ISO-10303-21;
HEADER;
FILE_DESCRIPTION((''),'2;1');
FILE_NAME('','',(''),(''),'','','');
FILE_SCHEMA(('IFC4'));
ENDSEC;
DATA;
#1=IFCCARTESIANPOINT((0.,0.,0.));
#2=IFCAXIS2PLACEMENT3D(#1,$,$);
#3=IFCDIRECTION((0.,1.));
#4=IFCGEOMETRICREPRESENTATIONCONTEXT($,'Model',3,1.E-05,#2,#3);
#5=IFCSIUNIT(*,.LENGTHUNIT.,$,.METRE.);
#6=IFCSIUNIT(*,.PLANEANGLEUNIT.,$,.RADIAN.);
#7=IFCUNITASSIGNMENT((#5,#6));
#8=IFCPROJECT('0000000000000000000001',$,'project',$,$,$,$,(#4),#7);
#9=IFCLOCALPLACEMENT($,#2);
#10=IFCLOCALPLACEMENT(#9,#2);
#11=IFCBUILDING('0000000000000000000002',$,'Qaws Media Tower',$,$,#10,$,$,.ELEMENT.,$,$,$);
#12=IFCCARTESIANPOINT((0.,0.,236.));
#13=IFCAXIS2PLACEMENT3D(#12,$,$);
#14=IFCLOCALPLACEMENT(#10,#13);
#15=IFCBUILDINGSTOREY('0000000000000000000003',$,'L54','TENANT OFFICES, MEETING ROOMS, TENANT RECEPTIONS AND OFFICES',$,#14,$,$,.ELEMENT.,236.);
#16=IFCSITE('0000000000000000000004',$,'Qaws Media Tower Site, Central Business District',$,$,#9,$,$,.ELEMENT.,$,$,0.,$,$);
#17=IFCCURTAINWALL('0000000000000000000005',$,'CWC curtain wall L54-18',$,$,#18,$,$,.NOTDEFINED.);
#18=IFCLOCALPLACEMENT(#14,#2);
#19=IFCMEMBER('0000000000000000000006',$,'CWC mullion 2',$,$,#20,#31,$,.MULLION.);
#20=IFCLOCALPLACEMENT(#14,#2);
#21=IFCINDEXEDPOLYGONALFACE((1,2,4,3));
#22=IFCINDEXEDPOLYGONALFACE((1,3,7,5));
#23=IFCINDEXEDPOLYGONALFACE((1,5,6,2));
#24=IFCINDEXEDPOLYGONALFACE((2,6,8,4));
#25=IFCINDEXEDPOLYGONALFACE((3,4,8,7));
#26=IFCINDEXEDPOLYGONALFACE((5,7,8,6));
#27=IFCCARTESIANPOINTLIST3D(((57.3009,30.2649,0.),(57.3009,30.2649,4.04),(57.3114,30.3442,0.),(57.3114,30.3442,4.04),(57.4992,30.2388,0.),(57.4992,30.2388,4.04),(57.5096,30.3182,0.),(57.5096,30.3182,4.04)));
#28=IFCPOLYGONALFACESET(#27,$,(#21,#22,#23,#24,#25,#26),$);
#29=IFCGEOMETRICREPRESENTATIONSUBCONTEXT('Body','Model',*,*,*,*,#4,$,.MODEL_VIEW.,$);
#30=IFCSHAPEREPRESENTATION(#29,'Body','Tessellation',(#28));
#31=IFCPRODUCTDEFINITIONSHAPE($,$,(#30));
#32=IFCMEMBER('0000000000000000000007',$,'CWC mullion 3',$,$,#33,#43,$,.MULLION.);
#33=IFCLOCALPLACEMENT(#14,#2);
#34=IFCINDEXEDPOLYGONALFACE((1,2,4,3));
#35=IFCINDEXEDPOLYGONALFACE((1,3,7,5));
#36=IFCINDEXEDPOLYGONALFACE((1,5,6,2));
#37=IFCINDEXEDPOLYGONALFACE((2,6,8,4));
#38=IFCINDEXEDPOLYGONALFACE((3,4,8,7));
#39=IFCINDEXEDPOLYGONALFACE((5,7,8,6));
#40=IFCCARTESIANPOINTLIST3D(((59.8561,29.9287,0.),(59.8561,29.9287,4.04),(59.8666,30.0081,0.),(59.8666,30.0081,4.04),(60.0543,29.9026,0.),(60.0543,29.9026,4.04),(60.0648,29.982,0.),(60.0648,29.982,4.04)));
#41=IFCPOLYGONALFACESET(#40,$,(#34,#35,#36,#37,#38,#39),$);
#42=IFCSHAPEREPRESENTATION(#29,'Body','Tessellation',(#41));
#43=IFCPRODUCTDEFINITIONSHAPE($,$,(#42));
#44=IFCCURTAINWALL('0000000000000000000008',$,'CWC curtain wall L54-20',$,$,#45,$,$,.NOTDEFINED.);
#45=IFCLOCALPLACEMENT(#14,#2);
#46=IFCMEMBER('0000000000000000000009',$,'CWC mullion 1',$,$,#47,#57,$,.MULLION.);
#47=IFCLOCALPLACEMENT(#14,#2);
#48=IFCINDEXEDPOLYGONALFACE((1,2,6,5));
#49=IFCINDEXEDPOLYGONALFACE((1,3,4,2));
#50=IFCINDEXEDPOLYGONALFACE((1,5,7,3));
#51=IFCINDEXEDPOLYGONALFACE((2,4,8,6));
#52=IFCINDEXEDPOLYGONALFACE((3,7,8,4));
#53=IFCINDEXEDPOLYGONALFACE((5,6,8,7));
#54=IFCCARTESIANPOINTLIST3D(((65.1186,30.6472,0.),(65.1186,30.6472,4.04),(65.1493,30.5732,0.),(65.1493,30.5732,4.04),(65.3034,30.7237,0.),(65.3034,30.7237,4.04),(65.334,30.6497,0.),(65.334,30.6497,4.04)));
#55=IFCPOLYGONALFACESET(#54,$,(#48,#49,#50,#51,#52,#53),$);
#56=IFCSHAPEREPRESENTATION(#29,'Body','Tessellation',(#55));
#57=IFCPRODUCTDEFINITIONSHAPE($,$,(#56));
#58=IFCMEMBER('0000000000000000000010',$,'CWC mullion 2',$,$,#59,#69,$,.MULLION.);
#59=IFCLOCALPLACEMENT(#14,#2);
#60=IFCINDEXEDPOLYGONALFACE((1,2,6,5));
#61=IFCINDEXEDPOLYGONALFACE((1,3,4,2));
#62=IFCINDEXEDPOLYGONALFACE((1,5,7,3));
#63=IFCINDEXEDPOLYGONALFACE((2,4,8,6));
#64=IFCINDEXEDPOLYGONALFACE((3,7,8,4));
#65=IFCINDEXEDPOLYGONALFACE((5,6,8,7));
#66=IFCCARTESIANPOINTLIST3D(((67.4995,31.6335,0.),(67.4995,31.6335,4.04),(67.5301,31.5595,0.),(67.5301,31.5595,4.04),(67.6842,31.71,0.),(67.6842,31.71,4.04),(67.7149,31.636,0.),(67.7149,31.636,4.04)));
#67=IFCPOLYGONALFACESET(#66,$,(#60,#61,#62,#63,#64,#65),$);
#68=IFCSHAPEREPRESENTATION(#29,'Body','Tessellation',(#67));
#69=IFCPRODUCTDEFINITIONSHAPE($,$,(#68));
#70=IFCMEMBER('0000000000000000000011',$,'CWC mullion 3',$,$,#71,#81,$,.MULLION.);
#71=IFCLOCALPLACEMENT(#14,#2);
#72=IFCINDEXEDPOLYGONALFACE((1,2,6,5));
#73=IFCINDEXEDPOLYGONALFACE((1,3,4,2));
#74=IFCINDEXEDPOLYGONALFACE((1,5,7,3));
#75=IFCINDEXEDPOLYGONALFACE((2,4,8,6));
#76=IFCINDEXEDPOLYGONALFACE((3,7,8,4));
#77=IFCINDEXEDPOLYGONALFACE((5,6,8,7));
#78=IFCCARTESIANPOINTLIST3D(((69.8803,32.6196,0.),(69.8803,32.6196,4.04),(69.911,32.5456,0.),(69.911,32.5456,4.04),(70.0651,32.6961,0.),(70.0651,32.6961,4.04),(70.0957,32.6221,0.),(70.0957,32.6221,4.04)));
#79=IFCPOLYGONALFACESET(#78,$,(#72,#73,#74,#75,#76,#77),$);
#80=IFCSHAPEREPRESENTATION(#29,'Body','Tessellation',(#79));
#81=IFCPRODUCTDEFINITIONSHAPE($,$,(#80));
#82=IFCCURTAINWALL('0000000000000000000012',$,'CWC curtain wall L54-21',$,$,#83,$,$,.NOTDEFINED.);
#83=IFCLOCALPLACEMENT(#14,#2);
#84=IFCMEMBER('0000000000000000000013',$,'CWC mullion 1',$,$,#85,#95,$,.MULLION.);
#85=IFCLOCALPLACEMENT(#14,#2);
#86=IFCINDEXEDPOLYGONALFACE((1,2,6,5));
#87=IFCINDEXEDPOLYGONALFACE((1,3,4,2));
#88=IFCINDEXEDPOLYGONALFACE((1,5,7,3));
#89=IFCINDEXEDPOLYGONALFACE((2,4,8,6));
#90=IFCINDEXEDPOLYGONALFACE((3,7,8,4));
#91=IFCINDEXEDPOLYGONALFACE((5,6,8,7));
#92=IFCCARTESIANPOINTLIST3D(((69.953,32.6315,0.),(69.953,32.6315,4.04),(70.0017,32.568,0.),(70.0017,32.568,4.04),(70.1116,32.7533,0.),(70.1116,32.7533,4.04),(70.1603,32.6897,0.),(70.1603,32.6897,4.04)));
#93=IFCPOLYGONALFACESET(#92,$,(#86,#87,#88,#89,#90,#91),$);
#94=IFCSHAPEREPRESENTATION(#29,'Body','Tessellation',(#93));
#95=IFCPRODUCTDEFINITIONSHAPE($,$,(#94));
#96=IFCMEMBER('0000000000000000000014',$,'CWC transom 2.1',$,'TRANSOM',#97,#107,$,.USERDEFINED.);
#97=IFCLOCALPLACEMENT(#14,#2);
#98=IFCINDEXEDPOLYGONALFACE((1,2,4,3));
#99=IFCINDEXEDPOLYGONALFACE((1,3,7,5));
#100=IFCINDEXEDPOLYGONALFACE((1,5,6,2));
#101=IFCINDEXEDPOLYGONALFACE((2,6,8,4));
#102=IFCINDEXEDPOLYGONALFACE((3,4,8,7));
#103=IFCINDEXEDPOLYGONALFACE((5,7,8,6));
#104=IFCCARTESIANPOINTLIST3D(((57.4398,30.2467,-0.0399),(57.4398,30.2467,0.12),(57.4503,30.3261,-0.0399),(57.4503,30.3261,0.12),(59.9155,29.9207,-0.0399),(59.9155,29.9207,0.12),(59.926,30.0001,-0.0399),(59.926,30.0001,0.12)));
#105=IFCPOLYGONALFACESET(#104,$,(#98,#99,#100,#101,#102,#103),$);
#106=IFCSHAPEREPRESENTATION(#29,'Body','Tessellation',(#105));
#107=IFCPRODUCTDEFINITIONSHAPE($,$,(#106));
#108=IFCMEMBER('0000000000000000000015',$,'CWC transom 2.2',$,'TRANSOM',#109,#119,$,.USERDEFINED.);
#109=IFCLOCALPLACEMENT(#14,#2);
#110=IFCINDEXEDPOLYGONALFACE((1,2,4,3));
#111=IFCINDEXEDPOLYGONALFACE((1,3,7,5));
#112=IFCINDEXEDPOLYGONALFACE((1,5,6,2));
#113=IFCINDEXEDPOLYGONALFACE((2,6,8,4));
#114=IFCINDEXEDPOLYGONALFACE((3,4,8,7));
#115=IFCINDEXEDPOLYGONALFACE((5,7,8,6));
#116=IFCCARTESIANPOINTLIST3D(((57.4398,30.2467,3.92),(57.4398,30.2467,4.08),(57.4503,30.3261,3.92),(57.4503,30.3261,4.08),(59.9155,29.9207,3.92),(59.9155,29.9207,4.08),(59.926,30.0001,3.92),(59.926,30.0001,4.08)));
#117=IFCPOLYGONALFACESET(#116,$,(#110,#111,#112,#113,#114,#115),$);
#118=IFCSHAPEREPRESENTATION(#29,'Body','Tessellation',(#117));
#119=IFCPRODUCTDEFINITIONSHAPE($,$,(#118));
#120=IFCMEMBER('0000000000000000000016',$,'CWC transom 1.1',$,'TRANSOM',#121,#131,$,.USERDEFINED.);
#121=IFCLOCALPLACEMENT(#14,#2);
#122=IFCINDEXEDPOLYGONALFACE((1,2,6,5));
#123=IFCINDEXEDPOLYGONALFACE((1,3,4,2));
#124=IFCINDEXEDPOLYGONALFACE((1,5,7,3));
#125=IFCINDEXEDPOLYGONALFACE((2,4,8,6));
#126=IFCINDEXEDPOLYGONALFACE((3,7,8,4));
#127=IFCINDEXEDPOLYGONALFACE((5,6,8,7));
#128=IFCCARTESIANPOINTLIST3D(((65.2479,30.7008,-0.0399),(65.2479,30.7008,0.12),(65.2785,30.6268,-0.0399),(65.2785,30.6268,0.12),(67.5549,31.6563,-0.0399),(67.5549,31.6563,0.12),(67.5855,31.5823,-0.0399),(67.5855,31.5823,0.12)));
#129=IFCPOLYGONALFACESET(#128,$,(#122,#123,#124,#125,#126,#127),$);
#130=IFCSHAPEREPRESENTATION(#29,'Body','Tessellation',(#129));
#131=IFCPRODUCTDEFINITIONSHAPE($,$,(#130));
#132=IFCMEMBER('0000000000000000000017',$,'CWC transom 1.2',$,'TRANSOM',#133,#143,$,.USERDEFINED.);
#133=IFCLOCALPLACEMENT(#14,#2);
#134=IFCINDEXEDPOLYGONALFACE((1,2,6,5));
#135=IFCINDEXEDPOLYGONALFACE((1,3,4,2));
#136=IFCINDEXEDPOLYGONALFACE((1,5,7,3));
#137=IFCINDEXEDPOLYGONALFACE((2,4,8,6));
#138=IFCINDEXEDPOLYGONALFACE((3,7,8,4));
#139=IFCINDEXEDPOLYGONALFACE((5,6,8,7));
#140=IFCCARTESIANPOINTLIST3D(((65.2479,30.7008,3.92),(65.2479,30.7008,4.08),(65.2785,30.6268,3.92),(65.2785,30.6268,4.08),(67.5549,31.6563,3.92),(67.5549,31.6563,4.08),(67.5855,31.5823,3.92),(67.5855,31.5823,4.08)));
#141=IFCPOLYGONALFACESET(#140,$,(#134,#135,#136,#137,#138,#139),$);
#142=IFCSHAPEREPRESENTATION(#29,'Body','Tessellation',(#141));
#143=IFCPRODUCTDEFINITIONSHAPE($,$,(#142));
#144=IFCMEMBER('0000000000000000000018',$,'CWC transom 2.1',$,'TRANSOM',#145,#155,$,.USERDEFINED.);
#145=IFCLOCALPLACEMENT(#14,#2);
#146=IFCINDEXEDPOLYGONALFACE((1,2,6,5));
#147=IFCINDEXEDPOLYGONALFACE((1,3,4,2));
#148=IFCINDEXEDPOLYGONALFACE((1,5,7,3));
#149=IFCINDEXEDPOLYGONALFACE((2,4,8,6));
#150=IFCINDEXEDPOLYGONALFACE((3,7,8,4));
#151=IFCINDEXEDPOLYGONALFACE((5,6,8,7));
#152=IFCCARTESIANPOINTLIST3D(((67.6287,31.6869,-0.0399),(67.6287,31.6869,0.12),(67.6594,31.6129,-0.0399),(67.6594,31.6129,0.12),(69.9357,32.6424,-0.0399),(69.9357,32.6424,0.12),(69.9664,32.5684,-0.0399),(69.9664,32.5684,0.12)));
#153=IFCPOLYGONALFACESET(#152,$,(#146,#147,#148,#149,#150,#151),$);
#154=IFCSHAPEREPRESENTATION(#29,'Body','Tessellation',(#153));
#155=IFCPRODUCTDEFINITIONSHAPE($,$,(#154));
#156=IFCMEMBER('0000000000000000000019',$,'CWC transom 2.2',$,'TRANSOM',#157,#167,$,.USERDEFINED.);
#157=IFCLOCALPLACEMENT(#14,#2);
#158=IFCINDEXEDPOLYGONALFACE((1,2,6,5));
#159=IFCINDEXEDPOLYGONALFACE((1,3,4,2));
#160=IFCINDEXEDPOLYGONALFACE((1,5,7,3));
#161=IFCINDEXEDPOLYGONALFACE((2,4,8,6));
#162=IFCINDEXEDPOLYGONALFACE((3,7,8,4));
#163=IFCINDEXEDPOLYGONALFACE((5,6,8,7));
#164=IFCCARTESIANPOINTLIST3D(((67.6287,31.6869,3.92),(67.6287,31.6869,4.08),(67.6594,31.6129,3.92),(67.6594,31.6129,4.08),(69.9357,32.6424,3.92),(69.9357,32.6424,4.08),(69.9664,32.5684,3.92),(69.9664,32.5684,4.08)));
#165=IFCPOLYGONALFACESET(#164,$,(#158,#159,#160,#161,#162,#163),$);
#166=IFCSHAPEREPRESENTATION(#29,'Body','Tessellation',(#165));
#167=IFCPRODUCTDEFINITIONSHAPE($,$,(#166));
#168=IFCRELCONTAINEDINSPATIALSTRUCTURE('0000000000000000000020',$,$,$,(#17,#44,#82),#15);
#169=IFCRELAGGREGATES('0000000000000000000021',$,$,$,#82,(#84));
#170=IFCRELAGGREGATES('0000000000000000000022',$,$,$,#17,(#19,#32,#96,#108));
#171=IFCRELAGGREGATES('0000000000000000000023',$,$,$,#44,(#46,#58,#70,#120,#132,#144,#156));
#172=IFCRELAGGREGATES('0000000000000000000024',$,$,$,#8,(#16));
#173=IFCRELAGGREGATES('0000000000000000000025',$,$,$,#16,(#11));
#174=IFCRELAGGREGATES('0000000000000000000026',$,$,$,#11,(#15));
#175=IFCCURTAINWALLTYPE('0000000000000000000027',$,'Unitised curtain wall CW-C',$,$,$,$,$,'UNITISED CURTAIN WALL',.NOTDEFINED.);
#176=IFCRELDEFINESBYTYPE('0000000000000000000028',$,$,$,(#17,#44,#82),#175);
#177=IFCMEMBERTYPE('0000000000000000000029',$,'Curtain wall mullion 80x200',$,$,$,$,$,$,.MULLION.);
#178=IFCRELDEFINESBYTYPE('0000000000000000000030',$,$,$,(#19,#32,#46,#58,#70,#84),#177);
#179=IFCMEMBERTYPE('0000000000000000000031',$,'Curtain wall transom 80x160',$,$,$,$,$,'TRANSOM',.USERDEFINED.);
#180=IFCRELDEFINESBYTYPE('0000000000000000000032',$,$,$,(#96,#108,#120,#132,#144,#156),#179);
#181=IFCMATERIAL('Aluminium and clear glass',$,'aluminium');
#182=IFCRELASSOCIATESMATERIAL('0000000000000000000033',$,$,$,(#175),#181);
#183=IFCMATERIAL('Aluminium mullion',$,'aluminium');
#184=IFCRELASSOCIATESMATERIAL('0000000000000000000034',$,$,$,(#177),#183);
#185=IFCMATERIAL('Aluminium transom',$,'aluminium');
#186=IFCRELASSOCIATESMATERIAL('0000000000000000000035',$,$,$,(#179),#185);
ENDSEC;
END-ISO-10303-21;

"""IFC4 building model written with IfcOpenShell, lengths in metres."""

from ifc_helpers import new_model, si_unit, direction, frame, origin, origin_2d, place, context, subcontext, project, spatial, rectangle, extrude, material, material_profile, profile_set, type_object, element, aggregate, save


model = new_model("IFC4")

# Units and contexts
model_context = context("Model", 3, precision=1e-05, world=origin(), true_north=direction((0.0, 1.0)))
body_context = subcontext(model_context, "Body", "Model", "MODEL_VIEW")
ifc_project = project(units=[si_unit("LENGTHUNIT", "METRE"), si_unit("PLANEANGLEUNIT", "RADIAN")], contexts=[model_context])

# Site, building, storey
site_placement = place(None, origin())
site = spatial("IfcSite", under=ifc_project, at=site_placement, Name="Qaws Media Tower Site, Central Business District", CompositionType="ELEMENT", RefElevation=0.0)
building_placement = place(site_placement, origin())
building = spatial("IfcBuilding", under=site, at=building_placement, Name="Qaws Media Tower", CompositionType="ELEMENT")
storey_placement = place(building_placement, frame((0.0, 0.0, 236.0)))
storey = spatial("IfcBuildingStorey", under=building, at=storey_placement, Name="L54", Description="TENANT OFFICES, MEETING ROOMS, TENANT RECEPTIONS AND OFFICES", CompositionType="ELEMENT", Elevation=236.0)

# Curtain walls, members
ifc_material_1 = material(Name="Aluminium and clear glass", Category="aluminium")
curtain_wall_type = type_object("IfcCurtainWallType", Name="Unitised curtain wall CW-C", ElementType="UNITISED CURTAIN WALL", PredefinedType="NOTDEFINED", material=ifc_material_1)
curtain_wall_1_placement = place(storey_placement, origin())
curtain_wall_1 = element("IfcCurtainWall", 1, at=curtain_wall_1_placement, inside=storey, type_object=curtain_wall_type, Name="CWC curtain wall L54-18", PredefinedType="NOTDEFINED")
ifc_material_2 = material(Name="Aluminium mullion", Category="aluminium")
ifc_material_profile_1 = material_profile(ifc_material_2, rectangle(XDim=0.0801, YDim=0.2, at=origin_2d()), Name="80x200")
ifc_profile_set_1 = profile_set([ifc_material_profile_1], Name="Aluminium mullion")
member_type_1 = type_object("IfcMemberType", Name="Curtain wall mullion 80x200", PredefinedType="MULLION", material=ifc_profile_set_1)
member_1_placement = place(storey_placement, frame((57.4053, 30.2915, 0.0), z_axis=(0.0, 0.0, 1.0), x_axis=(0.130526, 0.991445, 0.0)))
member_1 = element("IfcMember", 2, at=member_1_placement, type_object=member_type_1, Name="CWC mullion 2", PredefinedType="MULLION", context=body_context, shape_type="SweptSolid", body=[
    extrude(rectangle(XDim=0.0801, YDim=0.2, at=origin_2d()), origin(), (0.0, 0.0, 1.0), 4.04),
])
member_2_placement = place(storey_placement, frame((59.9604, 29.9553, 0.0), z_axis=(0.0, 0.0, 1.0), x_axis=(0.130526, 0.991445, 0.0)))
member_2 = element("IfcMember", 3, at=member_2_placement, type_object=member_type_1, Name="CWC mullion 3", PredefinedType="MULLION", context=body_context, shape_type="SweptSolid", body=[
    extrude(rectangle(XDim=0.0801, YDim=0.2, at=origin_2d()), origin(), (0.0, 0.0, 1.0), 4.04),
])
curtain_wall_2_placement = place(storey_placement, origin())
curtain_wall_2 = element("IfcCurtainWall", 4, at=curtain_wall_2_placement, inside=storey, type_object=curtain_wall_type, Name="CWC curtain wall L54-20", PredefinedType="NOTDEFINED")
member_3_placement = place(storey_placement, frame((65.2263, 30.6484, 0.0), z_axis=(0.0, 0.0, 1.0), x_axis=(-0.382684, 0.923879, 0.0)))
member_3 = element("IfcMember", 5, at=member_3_placement, type_object=member_type_1, Name="CWC mullion 1", PredefinedType="MULLION", context=body_context, shape_type="SweptSolid", body=[
    extrude(rectangle(XDim=0.0801, YDim=0.2, at=origin_2d()), origin(), (0.0, 0.0, 1.0), 4.04),
])
member_4_placement = place(storey_placement, frame((67.6072, 31.6348, 0.0), z_axis=(0.0, 0.0, 1.0), x_axis=(-0.382684, 0.923879, 0.0)))
member_4 = element("IfcMember", 6, at=member_4_placement, type_object=member_type_1, Name="CWC mullion 2", PredefinedType="MULLION", context=body_context, shape_type="SweptSolid", body=[
    extrude(rectangle(XDim=0.0801, YDim=0.2, at=origin_2d()), origin(), (0.0, 0.0, 1.0), 4.04),
])
member_5_placement = place(storey_placement, frame((69.988, 32.6208, 0.0), z_axis=(0.0, 0.0, 1.0), x_axis=(-0.382684, 0.923879, 0.0)))
member_5 = element("IfcMember", 7, at=member_5_placement, type_object=member_type_1, Name="CWC mullion 3", PredefinedType="MULLION", context=body_context, shape_type="SweptSolid", body=[
    extrude(rectangle(XDim=0.0801, YDim=0.2, at=origin_2d()), origin(), (0.0, 0.0, 1.0), 4.04),
])

# Curtain wall, member
curtain_wall_3_placement = place(storey_placement, origin())
curtain_wall_3 = element("IfcCurtainWall", 8, at=curtain_wall_3_placement, inside=storey, type_object=curtain_wall_type, Name="CWC curtain wall L54-21", PredefinedType="NOTDEFINED")
member_6_placement = place(storey_placement, frame((70.0566, 32.6606, 0.0), z_axis=(0.0, 0.0, 1.0), x_axis=(-0.608761, 0.793353, 0.0)))
member_6 = element("IfcMember", 9, at=member_6_placement, type_object=member_type_1, Name="CWC mullion 1", PredefinedType="MULLION", context=body_context, shape_type="SweptSolid", body=[
    extrude(rectangle(XDim=0.0801, YDim=0.2, at=origin_2d()), origin(), (0.0, 0.0, 1.0), 4.04),
])
aggregate(curtain_wall_3, [member_6])

# Members
ifc_material_3 = material(Name="Aluminium transom", Category="aluminium")
ifc_material_profile_2 = material_profile(ifc_material_3, rectangle(XDim=0.0801, YDim=0.1599, at=origin_2d()), Name="80x160")
ifc_profile_set_2 = profile_set([ifc_material_profile_2], Name="Aluminium transom")
member_type_2 = type_object("IfcMemberType", Name="Curtain wall transom 80x160", ElementType="TRANSOM", PredefinedType="USERDEFINED", material=ifc_profile_set_2)
member_7_placement = place(storey_placement, frame((57.4451, 30.2864, 0.04), z_axis=(0.991444, -0.13053, 0.0), x_axis=(0.13053, 0.991444, 0.0)))
member_7 = element("IfcMember", 10, at=member_7_placement, type_object=member_type_2, Name="CWC transom 2.1", ObjectType="TRANSOM", PredefinedType="USERDEFINED", context=body_context, shape_type="SweptSolid", body=[
    extrude(rectangle(XDim=0.0801, YDim=0.1599, at=origin_2d()), origin(), (0.0, 0.0, 1.0), 2.4971),
])
member_8_placement = place(storey_placement, frame((57.4451, 30.2864, 4.0), z_axis=(0.991444, -0.13053, 0.0), x_axis=(0.13053, 0.991444, 0.0)))
member_8 = element("IfcMember", 11, at=member_8_placement, type_object=member_type_2, Name="CWC transom 2.2", ObjectType="TRANSOM", PredefinedType="USERDEFINED", context=body_context, shape_type="SweptSolid", body=[
    extrude(rectangle(XDim=0.0801, YDim=0.1599, at=origin_2d()), origin(), (0.0, 0.0, 1.0), 2.4971),
])
member_9_placement = place(storey_placement, frame((65.2632, 30.6638, 0.04), z_axis=(0.923891, 0.382657, 0.0), x_axis=(-0.382657, 0.923891, 0.0)))
member_9 = element("IfcMember", 12, at=member_9_placement, type_object=member_type_2, Name="CWC transom 1.1", ObjectType="TRANSOM", PredefinedType="USERDEFINED", context=body_context, shape_type="SweptSolid", body=[
    extrude(rectangle(XDim=0.0801, YDim=0.1599, at=origin_2d()), origin(), (0.0, 0.0, 1.0), 2.4971),
])
member_10_placement = place(storey_placement, frame((65.2632, 30.6638, 4.0), z_axis=(0.923891, 0.382657, 0.0), x_axis=(-0.382657, 0.923891, 0.0)))
member_10 = element("IfcMember", 13, at=member_10_placement, type_object=member_type_2, Name="CWC transom 1.2", ObjectType="TRANSOM", PredefinedType="USERDEFINED", context=body_context, shape_type="SweptSolid", body=[
    extrude(rectangle(XDim=0.0801, YDim=0.1599, at=origin_2d()), origin(), (0.0, 0.0, 1.0), 2.4971),
])
member_11_placement = place(storey_placement, frame((67.644, 31.6499, 0.04), z_axis=(0.923891, 0.382657, 0.0), x_axis=(-0.382657, 0.923891, 0.0)))
member_11 = element("IfcMember", 14, at=member_11_placement, type_object=member_type_2, Name="CWC transom 2.1", ObjectType="TRANSOM", PredefinedType="USERDEFINED", context=body_context, shape_type="SweptSolid", body=[
    extrude(rectangle(XDim=0.0801, YDim=0.1599, at=origin_2d()), origin(), (0.0, 0.0, 1.0), 2.4971),
])
member_12_placement = place(storey_placement, frame((67.644, 31.6499, 4.0), z_axis=(0.923891, 0.382657, 0.0), x_axis=(-0.382657, 0.923891, 0.0)))
member_12 = element("IfcMember", 15, at=member_12_placement, type_object=member_type_2, Name="CWC transom 2.2", ObjectType="TRANSOM", PredefinedType="USERDEFINED", context=body_context, shape_type="SweptSolid", body=[
    extrude(rectangle(XDim=0.0801, YDim=0.1599, at=origin_2d()), origin(), (0.0, 0.0, 1.0), 2.4971),
])

aggregate(curtain_wall_1, [member_1, member_2, member_7, member_8])
aggregate(curtain_wall_2, [member_3, member_4, member_5, member_9, member_10, member_11, member_12])

save(model, "model.ifc")
